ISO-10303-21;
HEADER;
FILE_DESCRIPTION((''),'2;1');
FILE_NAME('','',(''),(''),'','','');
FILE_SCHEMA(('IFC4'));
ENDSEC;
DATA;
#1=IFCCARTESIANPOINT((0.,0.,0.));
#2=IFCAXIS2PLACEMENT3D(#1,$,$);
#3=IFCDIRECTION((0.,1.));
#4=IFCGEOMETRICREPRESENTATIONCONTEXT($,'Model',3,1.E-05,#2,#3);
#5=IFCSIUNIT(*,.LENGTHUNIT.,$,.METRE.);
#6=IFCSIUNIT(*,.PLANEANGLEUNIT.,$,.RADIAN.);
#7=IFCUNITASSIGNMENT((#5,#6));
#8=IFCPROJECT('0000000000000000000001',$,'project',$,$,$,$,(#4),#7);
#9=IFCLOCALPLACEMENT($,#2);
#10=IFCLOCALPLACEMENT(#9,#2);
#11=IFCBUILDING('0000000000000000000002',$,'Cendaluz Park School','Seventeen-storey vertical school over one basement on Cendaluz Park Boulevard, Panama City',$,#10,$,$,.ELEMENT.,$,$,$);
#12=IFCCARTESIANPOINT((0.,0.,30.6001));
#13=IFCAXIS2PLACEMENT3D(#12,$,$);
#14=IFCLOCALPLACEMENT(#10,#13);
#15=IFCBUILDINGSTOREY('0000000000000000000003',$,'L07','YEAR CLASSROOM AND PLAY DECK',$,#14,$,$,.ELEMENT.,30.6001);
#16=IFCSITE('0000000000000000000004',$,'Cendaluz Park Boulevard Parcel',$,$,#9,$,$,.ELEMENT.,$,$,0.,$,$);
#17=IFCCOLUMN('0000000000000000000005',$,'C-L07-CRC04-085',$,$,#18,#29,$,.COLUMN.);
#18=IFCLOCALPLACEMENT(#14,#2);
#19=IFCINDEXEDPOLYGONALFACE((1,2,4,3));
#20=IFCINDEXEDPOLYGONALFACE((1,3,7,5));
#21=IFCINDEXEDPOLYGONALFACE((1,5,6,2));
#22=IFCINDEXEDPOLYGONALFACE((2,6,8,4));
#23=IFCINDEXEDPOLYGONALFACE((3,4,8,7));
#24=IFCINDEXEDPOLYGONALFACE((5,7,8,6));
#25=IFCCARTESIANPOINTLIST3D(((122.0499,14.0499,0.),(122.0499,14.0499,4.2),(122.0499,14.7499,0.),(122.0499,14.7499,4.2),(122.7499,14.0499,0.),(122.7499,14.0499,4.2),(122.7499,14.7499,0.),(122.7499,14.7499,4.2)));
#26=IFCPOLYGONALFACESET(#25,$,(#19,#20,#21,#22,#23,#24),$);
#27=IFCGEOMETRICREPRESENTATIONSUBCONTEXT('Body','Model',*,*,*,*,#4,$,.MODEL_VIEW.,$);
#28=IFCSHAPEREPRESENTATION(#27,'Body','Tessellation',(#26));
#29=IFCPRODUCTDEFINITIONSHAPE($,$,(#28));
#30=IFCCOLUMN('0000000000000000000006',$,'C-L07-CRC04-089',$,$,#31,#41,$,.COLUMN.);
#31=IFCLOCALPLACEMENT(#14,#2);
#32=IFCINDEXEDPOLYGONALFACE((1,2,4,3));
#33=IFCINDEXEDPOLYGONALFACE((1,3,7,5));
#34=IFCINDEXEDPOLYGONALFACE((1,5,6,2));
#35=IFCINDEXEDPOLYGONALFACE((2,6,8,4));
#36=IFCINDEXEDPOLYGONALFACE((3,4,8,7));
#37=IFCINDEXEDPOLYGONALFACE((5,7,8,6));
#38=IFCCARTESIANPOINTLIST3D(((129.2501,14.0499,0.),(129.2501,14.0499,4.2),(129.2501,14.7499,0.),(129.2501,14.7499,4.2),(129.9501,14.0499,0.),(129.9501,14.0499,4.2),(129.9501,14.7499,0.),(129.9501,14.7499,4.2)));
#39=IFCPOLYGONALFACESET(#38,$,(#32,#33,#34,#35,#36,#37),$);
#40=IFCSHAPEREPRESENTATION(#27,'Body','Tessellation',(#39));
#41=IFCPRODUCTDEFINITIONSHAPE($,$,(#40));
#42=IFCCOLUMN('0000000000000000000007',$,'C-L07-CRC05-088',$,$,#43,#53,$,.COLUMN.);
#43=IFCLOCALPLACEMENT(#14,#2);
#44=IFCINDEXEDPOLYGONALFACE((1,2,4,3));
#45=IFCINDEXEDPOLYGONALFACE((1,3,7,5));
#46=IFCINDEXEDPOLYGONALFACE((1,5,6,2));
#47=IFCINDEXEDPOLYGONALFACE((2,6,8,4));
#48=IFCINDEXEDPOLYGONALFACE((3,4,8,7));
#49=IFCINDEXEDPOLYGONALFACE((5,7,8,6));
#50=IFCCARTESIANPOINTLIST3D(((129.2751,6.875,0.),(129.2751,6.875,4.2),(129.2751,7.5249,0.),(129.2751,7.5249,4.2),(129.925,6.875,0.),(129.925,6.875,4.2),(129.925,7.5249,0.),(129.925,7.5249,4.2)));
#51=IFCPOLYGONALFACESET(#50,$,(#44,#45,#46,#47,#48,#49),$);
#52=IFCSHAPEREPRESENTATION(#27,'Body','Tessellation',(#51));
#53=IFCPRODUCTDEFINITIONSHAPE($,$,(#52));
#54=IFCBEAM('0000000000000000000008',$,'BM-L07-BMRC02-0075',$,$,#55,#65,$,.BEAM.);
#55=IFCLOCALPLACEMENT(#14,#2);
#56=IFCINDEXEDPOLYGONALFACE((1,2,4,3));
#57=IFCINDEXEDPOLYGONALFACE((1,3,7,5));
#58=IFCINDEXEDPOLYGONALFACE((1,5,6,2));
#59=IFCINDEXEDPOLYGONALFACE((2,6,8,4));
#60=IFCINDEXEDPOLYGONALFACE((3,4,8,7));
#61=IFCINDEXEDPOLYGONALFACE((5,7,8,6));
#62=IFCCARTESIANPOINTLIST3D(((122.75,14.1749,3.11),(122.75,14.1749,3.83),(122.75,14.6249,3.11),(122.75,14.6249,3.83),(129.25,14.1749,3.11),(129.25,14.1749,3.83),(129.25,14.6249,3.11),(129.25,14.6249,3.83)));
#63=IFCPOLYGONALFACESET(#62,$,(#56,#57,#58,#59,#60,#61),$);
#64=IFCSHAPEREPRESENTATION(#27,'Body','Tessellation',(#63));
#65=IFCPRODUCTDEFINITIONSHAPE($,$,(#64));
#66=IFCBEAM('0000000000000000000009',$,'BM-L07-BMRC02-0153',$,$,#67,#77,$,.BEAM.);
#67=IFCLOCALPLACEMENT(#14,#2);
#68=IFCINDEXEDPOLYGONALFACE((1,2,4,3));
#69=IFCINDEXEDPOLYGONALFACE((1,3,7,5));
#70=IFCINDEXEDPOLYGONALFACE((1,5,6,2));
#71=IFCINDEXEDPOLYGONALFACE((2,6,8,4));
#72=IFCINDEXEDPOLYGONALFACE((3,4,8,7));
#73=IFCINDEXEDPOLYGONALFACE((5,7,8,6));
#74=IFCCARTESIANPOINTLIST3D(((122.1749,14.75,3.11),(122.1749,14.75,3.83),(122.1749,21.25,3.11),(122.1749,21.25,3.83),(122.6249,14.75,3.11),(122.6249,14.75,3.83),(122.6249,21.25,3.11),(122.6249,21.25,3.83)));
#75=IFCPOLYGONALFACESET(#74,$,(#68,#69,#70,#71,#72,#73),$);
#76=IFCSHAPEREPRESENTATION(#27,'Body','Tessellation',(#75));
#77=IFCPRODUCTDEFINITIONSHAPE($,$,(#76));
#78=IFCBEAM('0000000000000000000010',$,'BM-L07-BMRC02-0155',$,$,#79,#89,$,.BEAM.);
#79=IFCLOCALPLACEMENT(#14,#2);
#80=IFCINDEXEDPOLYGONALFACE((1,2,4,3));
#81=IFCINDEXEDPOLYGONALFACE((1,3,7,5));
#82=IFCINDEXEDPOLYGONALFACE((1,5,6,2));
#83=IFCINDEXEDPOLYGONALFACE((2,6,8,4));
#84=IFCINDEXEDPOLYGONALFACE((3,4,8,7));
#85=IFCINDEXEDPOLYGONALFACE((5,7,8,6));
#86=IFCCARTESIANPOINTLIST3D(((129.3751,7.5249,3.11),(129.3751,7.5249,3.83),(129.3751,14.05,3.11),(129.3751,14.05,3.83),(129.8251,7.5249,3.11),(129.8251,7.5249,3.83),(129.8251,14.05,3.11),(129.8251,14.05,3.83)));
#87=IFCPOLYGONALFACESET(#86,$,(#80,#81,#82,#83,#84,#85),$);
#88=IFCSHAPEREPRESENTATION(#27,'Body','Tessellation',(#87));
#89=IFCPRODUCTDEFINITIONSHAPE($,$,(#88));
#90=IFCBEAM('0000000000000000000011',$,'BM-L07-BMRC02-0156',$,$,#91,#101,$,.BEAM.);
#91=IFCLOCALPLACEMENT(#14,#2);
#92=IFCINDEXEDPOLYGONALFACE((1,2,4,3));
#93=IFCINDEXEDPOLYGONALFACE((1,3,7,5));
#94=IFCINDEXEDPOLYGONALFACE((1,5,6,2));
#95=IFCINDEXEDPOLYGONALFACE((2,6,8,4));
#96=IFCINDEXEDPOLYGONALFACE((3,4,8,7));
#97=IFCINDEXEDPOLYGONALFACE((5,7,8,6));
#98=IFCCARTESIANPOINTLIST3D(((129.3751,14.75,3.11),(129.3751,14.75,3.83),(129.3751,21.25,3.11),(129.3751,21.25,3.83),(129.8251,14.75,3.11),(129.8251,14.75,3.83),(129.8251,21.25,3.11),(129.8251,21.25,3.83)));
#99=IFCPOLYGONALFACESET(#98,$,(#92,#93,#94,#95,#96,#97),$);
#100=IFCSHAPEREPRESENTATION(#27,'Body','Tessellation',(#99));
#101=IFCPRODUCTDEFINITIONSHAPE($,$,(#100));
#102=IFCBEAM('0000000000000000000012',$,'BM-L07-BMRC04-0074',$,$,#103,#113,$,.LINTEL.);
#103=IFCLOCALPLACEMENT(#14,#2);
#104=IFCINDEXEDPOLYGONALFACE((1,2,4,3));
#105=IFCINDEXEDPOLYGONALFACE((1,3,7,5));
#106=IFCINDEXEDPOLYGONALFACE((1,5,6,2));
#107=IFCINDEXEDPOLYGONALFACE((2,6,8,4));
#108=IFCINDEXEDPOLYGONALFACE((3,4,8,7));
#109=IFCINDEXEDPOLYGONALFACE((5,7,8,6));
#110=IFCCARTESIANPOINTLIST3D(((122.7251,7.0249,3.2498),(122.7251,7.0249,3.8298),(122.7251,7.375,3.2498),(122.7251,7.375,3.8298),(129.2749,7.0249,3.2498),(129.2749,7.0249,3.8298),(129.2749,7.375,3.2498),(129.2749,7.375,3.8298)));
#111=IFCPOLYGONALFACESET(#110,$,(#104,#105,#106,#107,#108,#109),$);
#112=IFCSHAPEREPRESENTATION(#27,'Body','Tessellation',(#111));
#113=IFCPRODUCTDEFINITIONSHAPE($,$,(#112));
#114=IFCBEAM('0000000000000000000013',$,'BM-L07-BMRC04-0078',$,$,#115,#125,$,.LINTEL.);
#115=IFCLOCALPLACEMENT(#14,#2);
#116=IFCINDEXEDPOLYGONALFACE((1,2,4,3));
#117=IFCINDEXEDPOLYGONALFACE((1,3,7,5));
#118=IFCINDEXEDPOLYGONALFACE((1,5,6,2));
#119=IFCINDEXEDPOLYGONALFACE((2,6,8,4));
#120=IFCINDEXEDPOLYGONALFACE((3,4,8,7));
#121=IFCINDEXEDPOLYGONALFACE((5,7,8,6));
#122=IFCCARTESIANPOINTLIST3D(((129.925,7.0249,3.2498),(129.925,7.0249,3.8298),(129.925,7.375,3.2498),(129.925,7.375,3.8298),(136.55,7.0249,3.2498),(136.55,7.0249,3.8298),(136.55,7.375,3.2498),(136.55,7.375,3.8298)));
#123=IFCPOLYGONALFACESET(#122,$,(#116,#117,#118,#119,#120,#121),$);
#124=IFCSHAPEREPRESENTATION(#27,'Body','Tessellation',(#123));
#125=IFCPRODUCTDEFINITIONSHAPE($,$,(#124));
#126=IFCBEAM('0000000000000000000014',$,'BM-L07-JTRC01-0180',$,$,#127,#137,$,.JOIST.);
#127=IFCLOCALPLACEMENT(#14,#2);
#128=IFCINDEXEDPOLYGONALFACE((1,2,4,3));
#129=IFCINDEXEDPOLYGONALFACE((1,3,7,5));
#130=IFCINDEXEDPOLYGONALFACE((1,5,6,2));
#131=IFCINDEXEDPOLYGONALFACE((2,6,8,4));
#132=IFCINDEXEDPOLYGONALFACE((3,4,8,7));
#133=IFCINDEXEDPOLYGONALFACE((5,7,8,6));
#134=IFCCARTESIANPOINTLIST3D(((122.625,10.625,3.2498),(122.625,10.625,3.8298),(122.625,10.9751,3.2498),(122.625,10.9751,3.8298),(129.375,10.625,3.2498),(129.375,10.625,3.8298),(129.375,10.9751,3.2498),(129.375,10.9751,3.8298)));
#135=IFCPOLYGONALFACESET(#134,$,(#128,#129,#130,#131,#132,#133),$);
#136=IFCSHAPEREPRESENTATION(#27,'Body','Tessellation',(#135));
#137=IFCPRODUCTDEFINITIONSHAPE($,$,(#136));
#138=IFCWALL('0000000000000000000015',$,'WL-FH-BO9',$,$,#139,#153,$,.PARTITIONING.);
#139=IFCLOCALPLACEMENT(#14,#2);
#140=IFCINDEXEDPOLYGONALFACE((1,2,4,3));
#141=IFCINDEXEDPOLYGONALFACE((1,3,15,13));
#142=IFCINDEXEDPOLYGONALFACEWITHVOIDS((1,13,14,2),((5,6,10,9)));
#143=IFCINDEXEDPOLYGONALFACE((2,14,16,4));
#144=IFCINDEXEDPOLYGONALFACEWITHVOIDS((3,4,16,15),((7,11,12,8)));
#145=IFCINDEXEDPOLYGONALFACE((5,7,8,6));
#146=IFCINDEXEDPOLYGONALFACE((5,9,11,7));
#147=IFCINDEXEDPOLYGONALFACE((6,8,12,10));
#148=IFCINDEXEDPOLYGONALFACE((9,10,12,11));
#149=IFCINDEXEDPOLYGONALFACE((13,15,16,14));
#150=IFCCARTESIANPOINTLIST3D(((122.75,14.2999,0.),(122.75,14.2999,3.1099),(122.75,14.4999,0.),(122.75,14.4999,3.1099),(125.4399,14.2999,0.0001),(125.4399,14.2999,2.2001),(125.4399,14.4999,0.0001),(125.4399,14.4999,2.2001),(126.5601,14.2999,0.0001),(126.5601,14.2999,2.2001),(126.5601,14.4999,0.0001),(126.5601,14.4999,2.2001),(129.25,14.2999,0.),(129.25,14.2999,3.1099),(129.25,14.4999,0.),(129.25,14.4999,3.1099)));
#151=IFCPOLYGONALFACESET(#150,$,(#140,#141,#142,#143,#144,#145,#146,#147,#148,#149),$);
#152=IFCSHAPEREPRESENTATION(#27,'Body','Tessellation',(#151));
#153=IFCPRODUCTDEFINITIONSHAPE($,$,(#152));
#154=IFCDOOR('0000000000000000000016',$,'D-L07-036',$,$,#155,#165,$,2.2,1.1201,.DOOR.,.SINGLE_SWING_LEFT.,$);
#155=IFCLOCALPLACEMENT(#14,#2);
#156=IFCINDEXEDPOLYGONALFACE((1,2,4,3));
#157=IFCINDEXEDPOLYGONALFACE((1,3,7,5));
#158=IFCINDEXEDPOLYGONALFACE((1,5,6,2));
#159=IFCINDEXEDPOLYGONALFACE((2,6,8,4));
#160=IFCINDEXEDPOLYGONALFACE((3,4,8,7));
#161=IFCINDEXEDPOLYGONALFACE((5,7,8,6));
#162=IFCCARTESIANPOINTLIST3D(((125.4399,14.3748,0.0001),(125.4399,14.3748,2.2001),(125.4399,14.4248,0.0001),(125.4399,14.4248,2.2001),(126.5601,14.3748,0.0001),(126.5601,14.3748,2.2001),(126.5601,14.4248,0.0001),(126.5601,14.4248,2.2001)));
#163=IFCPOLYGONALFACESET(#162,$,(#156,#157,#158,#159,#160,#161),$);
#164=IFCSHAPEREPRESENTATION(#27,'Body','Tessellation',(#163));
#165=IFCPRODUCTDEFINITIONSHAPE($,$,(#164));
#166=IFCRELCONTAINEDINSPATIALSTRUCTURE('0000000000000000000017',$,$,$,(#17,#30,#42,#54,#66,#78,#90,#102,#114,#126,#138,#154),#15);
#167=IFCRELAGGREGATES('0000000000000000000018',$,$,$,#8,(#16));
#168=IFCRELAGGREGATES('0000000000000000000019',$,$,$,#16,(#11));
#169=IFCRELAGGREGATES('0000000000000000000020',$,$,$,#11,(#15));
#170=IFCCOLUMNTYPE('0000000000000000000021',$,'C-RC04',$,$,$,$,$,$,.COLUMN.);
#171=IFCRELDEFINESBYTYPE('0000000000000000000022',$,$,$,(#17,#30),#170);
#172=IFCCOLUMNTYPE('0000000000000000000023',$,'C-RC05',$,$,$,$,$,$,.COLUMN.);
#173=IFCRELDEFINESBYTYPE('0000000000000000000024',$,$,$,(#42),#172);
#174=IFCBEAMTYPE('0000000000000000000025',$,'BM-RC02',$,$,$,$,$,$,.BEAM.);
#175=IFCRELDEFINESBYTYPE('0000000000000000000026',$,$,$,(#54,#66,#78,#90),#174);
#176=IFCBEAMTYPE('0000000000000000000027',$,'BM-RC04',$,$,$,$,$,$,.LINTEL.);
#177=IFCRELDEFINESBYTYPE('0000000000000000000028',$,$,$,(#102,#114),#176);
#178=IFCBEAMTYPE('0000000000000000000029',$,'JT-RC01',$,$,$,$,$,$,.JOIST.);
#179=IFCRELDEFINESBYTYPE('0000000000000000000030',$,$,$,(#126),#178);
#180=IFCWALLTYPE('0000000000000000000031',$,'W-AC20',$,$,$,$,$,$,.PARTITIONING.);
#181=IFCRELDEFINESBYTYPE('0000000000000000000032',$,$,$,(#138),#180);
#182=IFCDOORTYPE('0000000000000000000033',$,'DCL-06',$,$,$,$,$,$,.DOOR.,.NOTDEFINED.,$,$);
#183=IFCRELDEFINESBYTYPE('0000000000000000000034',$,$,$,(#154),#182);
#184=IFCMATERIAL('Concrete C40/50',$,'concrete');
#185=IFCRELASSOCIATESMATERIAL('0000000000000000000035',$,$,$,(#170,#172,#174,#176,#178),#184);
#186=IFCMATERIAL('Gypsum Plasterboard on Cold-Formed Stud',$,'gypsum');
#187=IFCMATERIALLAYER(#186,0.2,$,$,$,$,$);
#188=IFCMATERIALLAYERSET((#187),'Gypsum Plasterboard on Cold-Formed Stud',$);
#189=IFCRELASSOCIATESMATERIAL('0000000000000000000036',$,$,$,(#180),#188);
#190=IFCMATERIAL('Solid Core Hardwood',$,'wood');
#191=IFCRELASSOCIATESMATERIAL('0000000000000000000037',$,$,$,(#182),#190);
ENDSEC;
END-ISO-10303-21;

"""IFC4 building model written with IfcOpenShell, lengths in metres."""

from ifc_helpers import new_model, si_unit, direction, frame, frame_2d, origin, origin_2d, place, context, subcontext, project, spatial, rectangle, extrude, material, layer, layer_set, material_profile, profile_set, type_object, element, fill, save


model = new_model("IFC4")

# Units and contexts
model_context = context("Model", 3, precision=1e-05, world=origin(), true_north=direction((0.0, 1.0)))
body_context = subcontext(model_context, "Body", "Model", "MODEL_VIEW")
ifc_project = project(units=[si_unit("LENGTHUNIT", "METRE"), si_unit("PLANEANGLEUNIT", "RADIAN")], contexts=[model_context])

# Site, building, storey
site_placement = place(None, origin())
site = spatial("IfcSite", under=ifc_project, at=site_placement, Name="Cendaluz Park Boulevard Parcel", CompositionType="ELEMENT", RefElevation=0.0)
building_placement = place(site_placement, origin())
building = spatial("IfcBuilding", under=site, at=building_placement, Name="Cendaluz Park School", Description="Seventeen-storey vertical school over one basement on Cendaluz Park Boulevard, Panama City", CompositionType="ELEMENT")
storey_placement = place(building_placement, frame((0.0, 0.0, 30.6001)))
storey = spatial("IfcBuildingStorey", under=building, at=storey_placement, Name="L07", Description="YEAR CLASSROOM AND PLAY DECK", CompositionType="ELEMENT", Elevation=30.6001)

# Columns
ifc_material_1 = material(Name="Concrete C40/50", Category="concrete")
ifc_material_profile_1 = material_profile(ifc_material_1, rectangle(XDim=0.7, YDim=0.7, at=origin_2d()), Name="RC 700x700", Category="concrete")
ifc_profile_set_1 = profile_set([ifc_material_profile_1], Name="Concrete C40/50")
column_type_1 = type_object("IfcColumnType", Name="C-RC04", PredefinedType="COLUMN", material=ifc_profile_set_1)
for number, where, z_axis, x_axis, name in (
    (1, (122.3999, 14.3999, 0.0), (0.0, 0.0, 1.0), (1.0, 0.0, 0.0), "C-L07-CRC04-085"),
    (2, (129.6001, 14.3999, 0.0), (0.0, 0.0, 1.0), (1.0, 0.0, 0.0), "C-L07-CRC04-089"),
):
    element("IfcColumn", number, at=place(storey_placement, frame(where, z_axis=z_axis, x_axis=x_axis)), inside=storey, type_object=column_type_1, Name=name, PredefinedType="COLUMN", context=body_context, shape_type="SweptSolid", body=[
        extrude(rectangle(XDim=0.7, YDim=0.7, at=origin_2d()), origin(), (0.0, 0.0, 1.0), 4.2),
    ])
ifc_material_profile_2 = material_profile(ifc_material_1, rectangle(XDim=0.6499, YDim=0.6499, at=origin_2d()), Name="RC 650x650", Category="concrete")
ifc_profile_set_2 = profile_set([ifc_material_profile_2], Name="Concrete C40/50")
column_type_2 = type_object("IfcColumnType", Name="C-RC05", PredefinedType="COLUMN", material=ifc_profile_set_2)
column_placement = place(storey_placement, frame((129.6001, 7.2, 0.0), z_axis=(0.0, 0.0, 1.0), x_axis=(1.0, 0.0, 0.0)))
element("IfcColumn", 3, at=column_placement, inside=storey, type_object=column_type_2, Name="C-L07-CRC05-088", PredefinedType="COLUMN", context=body_context, shape_type="SweptSolid", body=[
    extrude(rectangle(XDim=0.6499, YDim=0.6499, at=origin_2d()), origin(), (0.0, 0.0, 1.0), 4.2),
])

# Beams
ifc_material_profile_3 = material_profile(ifc_material_1, rectangle(XDim=0.45, YDim=0.72, at=origin_2d()), Name="RC 450x720", Category="concrete")
ifc_profile_set_3 = profile_set([ifc_material_profile_3], Name="Concrete C40/50")
beam_type_1 = type_object("IfcBeamType", Name="BM-RC02", PredefinedType="BEAM", material=ifc_profile_set_3)
for number, where, z_axis, x_axis, name in (
    (4, (122.75, 14.3999, 3.47), (1.0, 0.0, 0.0), (0.0, 1.0, 0.0), "BM-L07-BMRC02-0075"),
    (5, (122.3999, 14.75, 3.47), (0.0, 1.0, 0.0), (-1.0, 0.0, 0.0), "BM-L07-BMRC02-0153"),
):
    element("IfcBeam", number, at=place(storey_placement, frame(where, z_axis=z_axis, x_axis=x_axis)), inside=storey, type_object=beam_type_1, Name=name, PredefinedType="BEAM", context=body_context, shape_type="SweptSolid", body=[
        extrude(rectangle(XDim=0.45, YDim=0.72, at=origin_2d()), origin(), (0.0, 0.0, 1.0), 6.5),
    ])
beam_1_placement = place(storey_placement, frame((129.6001, 7.5249, 3.47), z_axis=(0.0, 1.0, 0.0), x_axis=(-1.0, 0.0, 0.0)))
element("IfcBeam", 6, at=beam_1_placement, inside=storey, type_object=beam_type_1, Name="BM-L07-BMRC02-0155", PredefinedType="BEAM", context=body_context, shape_type="SweptSolid", body=[
    extrude(rectangle(XDim=0.45, YDim=0.72, at=origin_2d()), origin(), (0.0, 0.0, 1.0), 6.5251),
])
beam_2_placement = place(storey_placement, frame((129.6001, 14.75, 3.47), z_axis=(0.0, 1.0, 0.0), x_axis=(-1.0, 0.0, 0.0)))
element("IfcBeam", 7, at=beam_2_placement, inside=storey, type_object=beam_type_1, Name="BM-L07-BMRC02-0156", PredefinedType="BEAM", context=body_context, shape_type="SweptSolid", body=[
    extrude(rectangle(XDim=0.45, YDim=0.72, at=origin_2d()), origin(), (0.0, 0.0, 1.0), 6.5),
])
ifc_material_profile_4 = material_profile(ifc_material_1, rectangle(XDim=0.3501, YDim=0.5801, at=origin_2d()), Name="RC 350x580", Category="concrete")
ifc_profile_set_4 = profile_set([ifc_material_profile_4], Name="Concrete C40/50")
beam_type_2 = type_object("IfcBeamType", Name="BM-RC04", PredefinedType="LINTEL", material=ifc_profile_set_4)
beam_3_placement = place(storey_placement, frame((122.7251, 7.2, 3.5398), z_axis=(1.0, 0.0, 0.0), x_axis=(0.0, 1.0, 0.0)))
element("IfcBeam", 8, at=beam_3_placement, inside=storey, type_object=beam_type_2, Name="BM-L07-BMRC04-0074", PredefinedType="LINTEL", context=body_context, shape_type="SweptSolid", body=[
    extrude(rectangle(XDim=0.3501, YDim=0.5801, at=origin_2d()), origin(), (0.0, 0.0, 1.0), 6.5498),
])
beam_4_placement = place(storey_placement, frame((129.925, 7.2, 3.5398), z_axis=(1.0, 0.0, 0.0), x_axis=(0.0, 1.0, 0.0)))
element("IfcBeam", 9, at=beam_4_placement, inside=storey, type_object=beam_type_2, Name="BM-L07-BMRC04-0078", PredefinedType="LINTEL", context=body_context, shape_type="SweptSolid", body=[
    extrude(rectangle(XDim=0.3501, YDim=0.5801, at=origin_2d()), origin(), (0.0, 0.0, 1.0), 6.625),
])
ifc_material_profile_5 = material_profile(ifc_material_1, rectangle(XDim=0.3501, YDim=0.5801, at=origin_2d()), Name="RC 350x580", Category="concrete")
ifc_profile_set_5 = profile_set([ifc_material_profile_5], Name="Concrete C40/50")
beam_type_3 = type_object("IfcBeamType", Name="JT-RC01", PredefinedType="JOIST", material=ifc_profile_set_5)
beam_5_placement = place(storey_placement, frame((122.625, 10.8, 3.5398), z_axis=(1.0, 0.0, 0.0), x_axis=(0.0, 1.0, 0.0)))
element("IfcBeam", 10, at=beam_5_placement, inside=storey, type_object=beam_type_3, Name="BM-L07-JTRC01-0180", PredefinedType="JOIST", context=body_context, shape_type="SweptSolid", body=[
    extrude(rectangle(XDim=0.3501, YDim=0.5801, at=origin_2d()), origin(), (0.0, 0.0, 1.0), 6.75),
])

# Wall, opening, door
ifc_material_2 = material(Name="Gypsum Plasterboard on Cold-Formed Stud", Category="gypsum")
ifc_layer_1 = layer(ifc_material_2, 0.2)
ifc_layer_set_1 = layer_set([ifc_layer_1], Name="Gypsum Plasterboard on Cold-Formed Stud")
wall_type_1 = type_object("IfcWallType", Name="W-AC20", PredefinedType="PARTITIONING", material=ifc_layer_set_1)
wall_1_placement = place(storey_placement, frame((122.75, 14.3999, 0.0), z_axis=(0.0, 0.0, 1.0), x_axis=(1.0, 0.0, 0.0)))
wall_1 = element("IfcWall", 11, at=wall_1_placement, inside=storey, type_object=wall_type_1, Name="WL-FH-BO9", PredefinedType="PARTITIONING", context=body_context, shape_type="SweptSolid", body=[
    extrude(rectangle(XDim=6.5, YDim=0.2, at=frame_2d((3.25, 0.0))), origin(), (0.0, 0.0, 1.0), 3.1099),
])
opening_1_placement = place(wall_1_placement, frame((2.6899, 0.0, 0.0)))
opening_1 = element("IfcOpeningElement", 12, at=opening_1_placement, cuts=wall_1, PredefinedType="OPENING", context=body_context, shape_type="SweptSolid", body=[
    extrude(rectangle(XDim=1.1201, YDim=2.2, at=frame_2d((0.5601, 1.1001))), frame((0.0, 0.1121, 0.0), z_axis=(0.0, -1.0, 0.0), x_axis=(1.0, 0.0, 0.0)), (0.0, 0.0, 1.0), 0.2239),
])
ifc_material_3 = material(Name="Solid Core Hardwood", Category="wood")
door_type = type_object("IfcDoorType", Name="DCL-06", OperationType="NOTDEFINED", PredefinedType="DOOR", material=ifc_material_3)
door_placement = place(opening_1_placement, origin())
door = element("IfcDoor", 13, at=door_placement, inside=storey, type_object=door_type, Name="D-L07-036", OperationType="SINGLE_SWING_LEFT", OverallHeight=2.2, OverallWidth=1.1201, PredefinedType="DOOR", context=body_context, shape_type="SweptSolid", body=[
    extrude(rectangle(XDim=1.1201, YDim=2.2, at=frame_2d((0.5601, 1.1001))), frame((0.0, 0.0249, 0.0), z_axis=(0.0, -1.0, 0.0), x_axis=(1.0, 0.0, 0.0)), (0.0, 0.0, 1.0), 0.05),
])
fill(opening_1, door)

save(model, "model.ifc")
